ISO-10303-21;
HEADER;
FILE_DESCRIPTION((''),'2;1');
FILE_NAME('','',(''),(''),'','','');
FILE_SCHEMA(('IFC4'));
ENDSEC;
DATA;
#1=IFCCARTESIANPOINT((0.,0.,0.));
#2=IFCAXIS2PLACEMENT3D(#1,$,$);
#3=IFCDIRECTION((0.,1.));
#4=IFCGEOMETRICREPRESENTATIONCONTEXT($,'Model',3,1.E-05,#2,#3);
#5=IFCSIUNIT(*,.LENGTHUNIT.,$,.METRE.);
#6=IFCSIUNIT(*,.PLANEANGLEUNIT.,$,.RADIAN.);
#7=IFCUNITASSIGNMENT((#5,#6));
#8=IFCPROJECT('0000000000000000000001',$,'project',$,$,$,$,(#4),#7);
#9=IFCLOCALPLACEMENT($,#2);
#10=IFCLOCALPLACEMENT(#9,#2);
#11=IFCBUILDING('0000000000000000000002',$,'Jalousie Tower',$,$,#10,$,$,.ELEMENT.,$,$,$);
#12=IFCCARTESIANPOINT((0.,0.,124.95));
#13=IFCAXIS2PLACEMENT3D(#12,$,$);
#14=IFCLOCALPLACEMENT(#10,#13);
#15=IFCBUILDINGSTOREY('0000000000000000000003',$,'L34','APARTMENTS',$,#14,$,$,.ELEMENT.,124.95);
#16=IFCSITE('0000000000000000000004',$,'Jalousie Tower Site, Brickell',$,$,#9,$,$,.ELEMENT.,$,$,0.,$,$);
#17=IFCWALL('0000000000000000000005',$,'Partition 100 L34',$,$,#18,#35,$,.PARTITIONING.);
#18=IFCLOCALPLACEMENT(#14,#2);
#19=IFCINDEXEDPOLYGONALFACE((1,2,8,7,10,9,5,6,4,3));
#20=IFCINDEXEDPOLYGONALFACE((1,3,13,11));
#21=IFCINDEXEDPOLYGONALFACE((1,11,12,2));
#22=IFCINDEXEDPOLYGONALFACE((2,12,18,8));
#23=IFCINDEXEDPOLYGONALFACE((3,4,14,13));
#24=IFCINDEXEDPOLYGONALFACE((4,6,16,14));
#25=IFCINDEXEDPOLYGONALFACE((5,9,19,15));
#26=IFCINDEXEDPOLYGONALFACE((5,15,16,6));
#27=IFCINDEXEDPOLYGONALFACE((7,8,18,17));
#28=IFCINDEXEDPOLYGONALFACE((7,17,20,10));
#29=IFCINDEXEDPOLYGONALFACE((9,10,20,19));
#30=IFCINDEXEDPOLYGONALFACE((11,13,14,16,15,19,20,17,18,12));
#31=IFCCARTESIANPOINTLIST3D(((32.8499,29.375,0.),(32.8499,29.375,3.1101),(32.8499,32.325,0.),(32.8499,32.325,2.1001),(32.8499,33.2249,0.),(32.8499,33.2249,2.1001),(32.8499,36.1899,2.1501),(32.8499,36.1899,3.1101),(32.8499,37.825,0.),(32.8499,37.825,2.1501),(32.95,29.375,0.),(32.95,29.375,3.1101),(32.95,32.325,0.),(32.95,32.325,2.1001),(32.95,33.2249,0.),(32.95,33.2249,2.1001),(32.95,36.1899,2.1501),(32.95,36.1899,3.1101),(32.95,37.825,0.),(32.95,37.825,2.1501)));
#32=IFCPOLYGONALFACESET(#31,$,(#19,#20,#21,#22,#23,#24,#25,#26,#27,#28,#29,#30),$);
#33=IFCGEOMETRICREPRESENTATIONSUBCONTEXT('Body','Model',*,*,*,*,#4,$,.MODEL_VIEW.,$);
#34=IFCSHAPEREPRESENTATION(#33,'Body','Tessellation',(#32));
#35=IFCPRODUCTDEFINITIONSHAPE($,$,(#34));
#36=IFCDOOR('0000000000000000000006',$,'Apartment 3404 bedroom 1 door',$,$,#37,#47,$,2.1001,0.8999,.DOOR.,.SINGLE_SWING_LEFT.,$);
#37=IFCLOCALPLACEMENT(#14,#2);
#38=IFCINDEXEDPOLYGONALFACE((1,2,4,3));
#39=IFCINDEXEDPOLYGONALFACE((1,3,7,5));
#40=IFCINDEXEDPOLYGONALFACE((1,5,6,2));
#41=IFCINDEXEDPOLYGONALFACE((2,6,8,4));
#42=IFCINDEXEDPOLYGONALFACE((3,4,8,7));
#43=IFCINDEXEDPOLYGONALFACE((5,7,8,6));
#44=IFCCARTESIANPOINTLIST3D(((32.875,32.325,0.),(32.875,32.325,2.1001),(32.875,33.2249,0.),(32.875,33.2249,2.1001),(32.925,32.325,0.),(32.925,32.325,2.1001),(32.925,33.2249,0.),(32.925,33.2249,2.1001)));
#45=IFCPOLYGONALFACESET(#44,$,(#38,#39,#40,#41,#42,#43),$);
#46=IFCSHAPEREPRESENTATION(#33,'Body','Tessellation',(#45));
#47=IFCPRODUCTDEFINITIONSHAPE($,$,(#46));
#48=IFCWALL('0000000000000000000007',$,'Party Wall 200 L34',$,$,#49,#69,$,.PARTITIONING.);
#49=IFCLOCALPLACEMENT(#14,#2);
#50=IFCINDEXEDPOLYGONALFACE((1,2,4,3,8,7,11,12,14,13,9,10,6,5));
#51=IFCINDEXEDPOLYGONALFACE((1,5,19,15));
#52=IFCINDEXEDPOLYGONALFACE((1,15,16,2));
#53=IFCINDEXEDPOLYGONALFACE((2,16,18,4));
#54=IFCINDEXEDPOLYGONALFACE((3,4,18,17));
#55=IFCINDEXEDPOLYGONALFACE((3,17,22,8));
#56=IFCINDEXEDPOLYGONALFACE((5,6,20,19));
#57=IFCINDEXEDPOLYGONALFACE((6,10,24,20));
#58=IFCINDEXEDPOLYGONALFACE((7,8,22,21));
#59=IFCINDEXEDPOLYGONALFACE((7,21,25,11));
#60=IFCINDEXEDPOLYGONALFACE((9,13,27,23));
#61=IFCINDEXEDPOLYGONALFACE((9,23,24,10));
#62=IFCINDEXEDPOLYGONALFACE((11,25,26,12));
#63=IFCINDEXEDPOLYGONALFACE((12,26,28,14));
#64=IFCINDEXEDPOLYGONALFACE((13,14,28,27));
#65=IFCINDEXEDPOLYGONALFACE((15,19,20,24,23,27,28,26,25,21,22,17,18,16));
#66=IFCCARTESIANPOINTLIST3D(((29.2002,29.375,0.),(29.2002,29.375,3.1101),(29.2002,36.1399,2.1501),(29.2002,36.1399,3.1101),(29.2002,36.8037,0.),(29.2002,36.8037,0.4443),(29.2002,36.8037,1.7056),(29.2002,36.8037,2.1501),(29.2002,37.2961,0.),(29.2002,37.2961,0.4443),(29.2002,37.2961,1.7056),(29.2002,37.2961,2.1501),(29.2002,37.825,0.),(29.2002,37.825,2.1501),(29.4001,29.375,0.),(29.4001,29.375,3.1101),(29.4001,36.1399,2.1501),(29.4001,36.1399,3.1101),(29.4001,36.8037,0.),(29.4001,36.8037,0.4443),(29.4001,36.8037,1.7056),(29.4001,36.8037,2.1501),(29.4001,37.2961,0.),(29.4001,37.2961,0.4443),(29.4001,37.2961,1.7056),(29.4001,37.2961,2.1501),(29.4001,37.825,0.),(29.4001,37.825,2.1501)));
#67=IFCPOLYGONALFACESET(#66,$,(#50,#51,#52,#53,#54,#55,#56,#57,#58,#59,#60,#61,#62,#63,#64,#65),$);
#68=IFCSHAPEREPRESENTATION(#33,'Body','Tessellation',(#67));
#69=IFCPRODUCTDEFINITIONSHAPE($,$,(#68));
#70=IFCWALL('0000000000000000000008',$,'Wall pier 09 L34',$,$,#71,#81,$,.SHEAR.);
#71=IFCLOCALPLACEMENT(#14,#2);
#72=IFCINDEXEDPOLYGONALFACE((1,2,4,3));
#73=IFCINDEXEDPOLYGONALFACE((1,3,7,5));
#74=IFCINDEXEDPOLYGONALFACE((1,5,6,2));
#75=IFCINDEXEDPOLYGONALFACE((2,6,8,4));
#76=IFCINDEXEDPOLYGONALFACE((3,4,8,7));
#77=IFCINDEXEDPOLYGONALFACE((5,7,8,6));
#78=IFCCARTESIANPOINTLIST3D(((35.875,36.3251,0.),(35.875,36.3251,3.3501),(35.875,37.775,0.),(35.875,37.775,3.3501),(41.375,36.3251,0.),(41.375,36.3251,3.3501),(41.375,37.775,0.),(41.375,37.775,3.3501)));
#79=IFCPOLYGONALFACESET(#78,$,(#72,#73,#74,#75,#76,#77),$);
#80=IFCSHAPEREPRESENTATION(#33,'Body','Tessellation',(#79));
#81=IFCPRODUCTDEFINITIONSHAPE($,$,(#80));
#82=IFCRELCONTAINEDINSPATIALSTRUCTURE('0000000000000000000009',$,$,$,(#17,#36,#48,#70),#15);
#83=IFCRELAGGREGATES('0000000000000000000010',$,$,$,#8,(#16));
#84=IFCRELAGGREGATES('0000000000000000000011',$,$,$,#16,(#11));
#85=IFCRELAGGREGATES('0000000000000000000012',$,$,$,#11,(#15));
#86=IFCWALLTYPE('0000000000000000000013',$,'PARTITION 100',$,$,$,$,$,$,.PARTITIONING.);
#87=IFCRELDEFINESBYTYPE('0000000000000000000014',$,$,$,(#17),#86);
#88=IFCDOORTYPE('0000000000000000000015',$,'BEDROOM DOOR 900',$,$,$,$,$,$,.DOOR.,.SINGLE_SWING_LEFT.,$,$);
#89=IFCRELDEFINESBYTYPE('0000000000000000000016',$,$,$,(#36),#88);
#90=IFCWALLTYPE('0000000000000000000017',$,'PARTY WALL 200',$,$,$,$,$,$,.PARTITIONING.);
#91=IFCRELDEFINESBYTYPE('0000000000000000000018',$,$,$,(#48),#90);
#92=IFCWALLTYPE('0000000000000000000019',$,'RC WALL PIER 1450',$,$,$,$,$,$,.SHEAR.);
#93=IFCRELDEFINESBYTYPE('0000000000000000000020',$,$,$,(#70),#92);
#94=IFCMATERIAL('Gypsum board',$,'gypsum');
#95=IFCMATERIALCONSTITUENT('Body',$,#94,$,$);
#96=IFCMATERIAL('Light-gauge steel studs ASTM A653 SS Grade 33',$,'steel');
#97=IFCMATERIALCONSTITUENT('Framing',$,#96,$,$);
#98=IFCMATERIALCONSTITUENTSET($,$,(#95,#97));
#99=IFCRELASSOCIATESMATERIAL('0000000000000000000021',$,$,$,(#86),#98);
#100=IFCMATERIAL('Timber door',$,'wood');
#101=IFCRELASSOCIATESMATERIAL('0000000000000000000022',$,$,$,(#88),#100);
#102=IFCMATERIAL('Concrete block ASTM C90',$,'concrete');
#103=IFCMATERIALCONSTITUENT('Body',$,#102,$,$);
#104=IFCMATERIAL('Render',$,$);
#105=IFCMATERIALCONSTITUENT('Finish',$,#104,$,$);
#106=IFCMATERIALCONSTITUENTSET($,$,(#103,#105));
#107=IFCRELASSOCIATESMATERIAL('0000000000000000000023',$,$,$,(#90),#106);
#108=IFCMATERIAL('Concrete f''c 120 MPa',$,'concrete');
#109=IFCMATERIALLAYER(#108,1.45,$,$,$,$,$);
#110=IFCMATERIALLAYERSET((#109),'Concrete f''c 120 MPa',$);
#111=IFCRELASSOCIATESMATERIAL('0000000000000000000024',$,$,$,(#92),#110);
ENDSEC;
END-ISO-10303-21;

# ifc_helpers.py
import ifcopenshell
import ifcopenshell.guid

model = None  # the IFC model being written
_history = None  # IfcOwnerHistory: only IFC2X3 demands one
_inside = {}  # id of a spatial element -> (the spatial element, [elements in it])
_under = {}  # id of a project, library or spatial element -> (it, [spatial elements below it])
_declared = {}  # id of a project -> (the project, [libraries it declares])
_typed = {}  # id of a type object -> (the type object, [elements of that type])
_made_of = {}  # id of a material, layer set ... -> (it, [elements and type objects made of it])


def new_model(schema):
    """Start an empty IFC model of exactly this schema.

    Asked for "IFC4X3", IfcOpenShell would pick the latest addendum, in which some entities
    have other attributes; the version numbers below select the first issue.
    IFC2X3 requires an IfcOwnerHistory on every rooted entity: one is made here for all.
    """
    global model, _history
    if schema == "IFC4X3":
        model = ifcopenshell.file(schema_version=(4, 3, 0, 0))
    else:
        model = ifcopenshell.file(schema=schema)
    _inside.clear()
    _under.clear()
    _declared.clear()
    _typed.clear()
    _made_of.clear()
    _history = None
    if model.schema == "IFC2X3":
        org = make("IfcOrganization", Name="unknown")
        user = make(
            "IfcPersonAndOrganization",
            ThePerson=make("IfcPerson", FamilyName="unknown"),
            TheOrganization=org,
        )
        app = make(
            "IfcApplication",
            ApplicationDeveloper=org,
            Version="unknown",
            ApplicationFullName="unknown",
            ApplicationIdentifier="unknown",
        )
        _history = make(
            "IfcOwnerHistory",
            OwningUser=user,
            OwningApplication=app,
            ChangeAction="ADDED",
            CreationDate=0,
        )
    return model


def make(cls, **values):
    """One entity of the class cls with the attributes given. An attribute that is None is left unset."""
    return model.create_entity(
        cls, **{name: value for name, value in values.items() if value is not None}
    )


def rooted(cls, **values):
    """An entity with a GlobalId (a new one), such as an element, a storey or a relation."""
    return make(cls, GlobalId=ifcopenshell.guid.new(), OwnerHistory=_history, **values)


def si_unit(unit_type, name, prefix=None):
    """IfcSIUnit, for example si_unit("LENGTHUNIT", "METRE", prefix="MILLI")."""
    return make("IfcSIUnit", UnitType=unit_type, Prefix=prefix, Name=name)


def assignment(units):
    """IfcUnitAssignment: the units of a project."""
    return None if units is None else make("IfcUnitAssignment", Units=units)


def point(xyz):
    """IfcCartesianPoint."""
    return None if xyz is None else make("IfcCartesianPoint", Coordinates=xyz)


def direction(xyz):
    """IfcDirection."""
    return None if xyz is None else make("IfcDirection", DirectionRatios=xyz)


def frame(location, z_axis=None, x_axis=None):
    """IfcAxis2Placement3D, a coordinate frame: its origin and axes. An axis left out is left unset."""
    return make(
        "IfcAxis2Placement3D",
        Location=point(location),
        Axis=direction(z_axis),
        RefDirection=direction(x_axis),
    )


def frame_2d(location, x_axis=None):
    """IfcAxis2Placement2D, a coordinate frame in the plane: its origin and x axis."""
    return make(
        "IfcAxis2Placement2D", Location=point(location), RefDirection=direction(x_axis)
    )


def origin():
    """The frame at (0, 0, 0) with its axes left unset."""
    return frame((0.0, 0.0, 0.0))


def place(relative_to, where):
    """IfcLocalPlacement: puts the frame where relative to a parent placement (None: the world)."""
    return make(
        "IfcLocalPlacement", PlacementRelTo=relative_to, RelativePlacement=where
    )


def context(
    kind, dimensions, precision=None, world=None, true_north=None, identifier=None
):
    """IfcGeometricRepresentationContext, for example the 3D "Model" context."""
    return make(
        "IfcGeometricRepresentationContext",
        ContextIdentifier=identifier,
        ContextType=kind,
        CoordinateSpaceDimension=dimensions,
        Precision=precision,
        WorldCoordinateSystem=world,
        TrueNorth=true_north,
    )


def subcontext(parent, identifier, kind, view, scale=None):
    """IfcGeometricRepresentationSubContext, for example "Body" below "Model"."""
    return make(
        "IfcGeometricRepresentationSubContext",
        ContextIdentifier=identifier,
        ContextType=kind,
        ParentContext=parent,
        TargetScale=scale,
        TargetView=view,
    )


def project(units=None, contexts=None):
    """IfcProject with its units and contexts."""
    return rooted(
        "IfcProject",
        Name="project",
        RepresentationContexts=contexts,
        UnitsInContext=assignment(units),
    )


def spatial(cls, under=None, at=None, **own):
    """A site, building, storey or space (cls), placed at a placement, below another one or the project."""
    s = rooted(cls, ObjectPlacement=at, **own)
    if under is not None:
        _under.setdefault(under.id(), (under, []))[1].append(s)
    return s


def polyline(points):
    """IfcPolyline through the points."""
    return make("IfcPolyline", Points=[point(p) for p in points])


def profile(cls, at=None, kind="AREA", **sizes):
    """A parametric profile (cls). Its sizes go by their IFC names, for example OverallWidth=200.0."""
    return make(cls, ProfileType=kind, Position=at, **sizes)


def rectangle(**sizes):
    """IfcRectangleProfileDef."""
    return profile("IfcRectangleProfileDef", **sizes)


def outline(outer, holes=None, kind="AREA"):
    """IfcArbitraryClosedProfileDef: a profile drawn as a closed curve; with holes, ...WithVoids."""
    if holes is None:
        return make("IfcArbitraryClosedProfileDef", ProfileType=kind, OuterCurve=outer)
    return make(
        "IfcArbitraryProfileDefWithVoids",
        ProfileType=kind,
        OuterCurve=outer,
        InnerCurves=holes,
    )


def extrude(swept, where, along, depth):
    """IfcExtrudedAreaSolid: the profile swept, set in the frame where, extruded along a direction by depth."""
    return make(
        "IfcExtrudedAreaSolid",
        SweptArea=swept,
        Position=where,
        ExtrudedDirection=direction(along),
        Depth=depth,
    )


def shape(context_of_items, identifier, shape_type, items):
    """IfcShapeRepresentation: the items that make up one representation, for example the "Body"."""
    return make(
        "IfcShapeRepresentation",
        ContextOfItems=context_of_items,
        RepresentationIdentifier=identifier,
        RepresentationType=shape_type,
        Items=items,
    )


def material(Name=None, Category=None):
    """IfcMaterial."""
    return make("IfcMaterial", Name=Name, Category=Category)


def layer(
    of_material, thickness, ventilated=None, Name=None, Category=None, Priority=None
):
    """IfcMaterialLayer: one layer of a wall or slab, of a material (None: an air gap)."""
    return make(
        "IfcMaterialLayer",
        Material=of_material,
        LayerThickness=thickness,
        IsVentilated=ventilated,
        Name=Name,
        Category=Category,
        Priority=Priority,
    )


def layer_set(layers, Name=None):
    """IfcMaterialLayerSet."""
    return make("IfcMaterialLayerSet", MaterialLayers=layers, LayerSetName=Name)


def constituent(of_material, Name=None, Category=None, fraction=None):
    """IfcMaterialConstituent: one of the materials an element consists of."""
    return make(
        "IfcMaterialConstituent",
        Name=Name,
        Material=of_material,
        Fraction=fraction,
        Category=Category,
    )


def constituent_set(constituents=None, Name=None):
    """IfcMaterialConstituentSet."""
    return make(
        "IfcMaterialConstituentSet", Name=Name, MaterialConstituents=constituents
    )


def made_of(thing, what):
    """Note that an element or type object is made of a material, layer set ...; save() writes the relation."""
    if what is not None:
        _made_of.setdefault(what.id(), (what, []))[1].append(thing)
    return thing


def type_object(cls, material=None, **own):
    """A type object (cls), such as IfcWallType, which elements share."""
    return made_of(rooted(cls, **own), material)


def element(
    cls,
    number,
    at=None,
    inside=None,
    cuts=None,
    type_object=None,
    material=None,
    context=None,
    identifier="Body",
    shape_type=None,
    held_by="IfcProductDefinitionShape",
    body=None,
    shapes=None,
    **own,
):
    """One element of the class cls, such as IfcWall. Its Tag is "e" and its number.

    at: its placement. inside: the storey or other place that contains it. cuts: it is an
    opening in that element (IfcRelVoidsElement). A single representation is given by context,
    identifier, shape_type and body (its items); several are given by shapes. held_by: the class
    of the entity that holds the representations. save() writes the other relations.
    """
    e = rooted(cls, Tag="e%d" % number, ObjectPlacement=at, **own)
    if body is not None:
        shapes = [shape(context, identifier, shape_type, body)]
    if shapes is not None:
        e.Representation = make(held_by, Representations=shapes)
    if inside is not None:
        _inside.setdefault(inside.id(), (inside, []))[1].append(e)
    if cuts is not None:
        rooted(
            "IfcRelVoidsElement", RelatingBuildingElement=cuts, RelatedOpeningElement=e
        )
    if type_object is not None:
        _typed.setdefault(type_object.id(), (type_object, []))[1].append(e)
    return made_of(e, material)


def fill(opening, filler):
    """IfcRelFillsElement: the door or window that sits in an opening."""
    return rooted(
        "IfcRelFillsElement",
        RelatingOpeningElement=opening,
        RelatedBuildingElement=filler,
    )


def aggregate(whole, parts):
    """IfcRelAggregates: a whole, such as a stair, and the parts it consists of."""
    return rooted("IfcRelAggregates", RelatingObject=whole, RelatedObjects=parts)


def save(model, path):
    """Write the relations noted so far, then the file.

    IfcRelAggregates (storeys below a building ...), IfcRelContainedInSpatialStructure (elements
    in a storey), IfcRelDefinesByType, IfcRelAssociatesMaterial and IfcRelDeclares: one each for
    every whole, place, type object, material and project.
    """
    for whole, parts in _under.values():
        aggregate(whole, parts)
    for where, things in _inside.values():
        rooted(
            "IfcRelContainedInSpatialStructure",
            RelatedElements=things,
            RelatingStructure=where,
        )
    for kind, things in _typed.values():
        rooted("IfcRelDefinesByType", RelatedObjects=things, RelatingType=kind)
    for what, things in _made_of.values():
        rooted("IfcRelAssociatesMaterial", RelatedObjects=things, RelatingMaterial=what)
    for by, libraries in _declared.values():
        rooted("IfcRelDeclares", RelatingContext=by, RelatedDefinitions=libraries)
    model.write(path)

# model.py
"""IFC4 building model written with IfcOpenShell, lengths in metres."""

from ifc_helpers import new_model, si_unit, direction, frame, frame_2d, origin, place, context, subcontext, project, spatial, polyline, rectangle, outline, extrude, material, layer, layer_set, constituent, constituent_set, type_object, element, fill, save


model = new_model("IFC4")

# Units and contexts
model_context = context("Model", 3, precision=1e-05, world=origin(), true_north=direction((0.0, 1.0)))
body_context = subcontext(model_context, "Body", "Model", "MODEL_VIEW")
ifc_project = project(units=[si_unit("LENGTHUNIT", "METRE"), si_unit("PLANEANGLEUNIT", "RADIAN")], contexts=[model_context])

# Site, building, storey
site_placement = place(None, origin())
site = spatial("IfcSite", under=ifc_project, at=site_placement, Name="Jalousie Tower Site, Brickell", CompositionType="ELEMENT", RefElevation=0.0)
building_placement = place(site_placement, origin())
building = spatial("IfcBuilding", under=site, at=building_placement, Name="Jalousie Tower", CompositionType="ELEMENT")
storey_placement = place(building_placement, frame((0.0, 0.0, 124.95)))
storey = spatial("IfcBuildingStorey", under=building, at=storey_placement, Name="L34", Description="APARTMENTS", CompositionType="ELEMENT", Elevation=124.95)

# Wall, opening, door
ifc_material_1 = material(Name="Gypsum board", Category="gypsum")
ifc_constituent_1 = constituent(ifc_material_1, Name="Body")
ifc_material_2 = material(Name="Light-gauge steel studs ASTM A653 SS Grade 33", Category="steel")
ifc_constituent_2 = constituent(ifc_material_2, Name="Framing")
ifc_constituent_set_1 = constituent_set(constituents=[ifc_constituent_1, ifc_constituent_2])
wall_type_1 = type_object("IfcWallType", Name="PARTITION 100", PredefinedType="PARTITIONING", material=ifc_constituent_set_1)
wall_1_placement = place(storey_placement, frame((32.8999, 37.825, 0.0), z_axis=(0.0, 0.0, 1.0), x_axis=(0.0, -1.0, 0.0)))
wall_1 = element("IfcWall", 1, at=wall_1_placement, inside=storey, type_object=wall_type_1, Name="Partition 100 L34", PredefinedType="PARTITIONING", context=body_context, shape_type="SweptSolid", body=[
    extrude(outline(polyline([(0.0, 0.0), (8.45, 0.0), (8.45, 3.1101), (1.635, 3.1101), (1.635, 2.1501), (0.0, 2.1501), (0.0, 3.1101), (0.0, 0.0)])), frame((0.0, 0.05, 0.0), z_axis=(0.0, -1.0, 0.0), x_axis=(1.0, 0.0, 0.0)), (0.0, 0.0, 1.0), 0.1001),
])
opening_1_placement = place(wall_1_placement, frame((4.6001, 0.0, 0.0)))
opening_1 = element("IfcOpeningElement", 2, at=opening_1_placement, cuts=wall_1, PredefinedType="OPENING", context=body_context, shape_type="SweptSolid", body=[
    extrude(rectangle(XDim=0.8999, YDim=2.1001, at=frame_2d((0.45, 1.05))), frame((0.0, 0.0601, 0.0), z_axis=(0.0, -1.0, 0.0), x_axis=(1.0, 0.0, 0.0)), (0.0, 0.0, 1.0), 0.1201),
])
ifc_material_3 = material(Name="Timber door", Category="wood")
door_type = type_object("IfcDoorType", Name="BEDROOM DOOR 900", OperationType="SINGLE_SWING_LEFT", PredefinedType="DOOR", material=ifc_material_3)
door_placement = place(opening_1_placement, frame((0.8999, 0.0, 0.0), z_axis=(0.0, 0.0, 1.0), x_axis=(-1.0, 0.0, 0.0)))
door = element("IfcDoor", 3, at=door_placement, inside=storey, type_object=door_type, Name="Apartment 3404 bedroom 1 door", OperationType="SINGLE_SWING_LEFT", OverallHeight=2.1001, OverallWidth=0.8999, PredefinedType="DOOR", context=body_context, shape_type="SweptSolid", body=[
    extrude(rectangle(XDim=0.8999, YDim=2.1001, at=frame_2d((0.45, 1.05))), frame((0.0, 0.0249, 0.0), z_axis=(0.0, -1.0, 0.0), x_axis=(1.0, 0.0, 0.0)), (0.0, 0.0, 1.0), 0.05),
])
fill(opening_1, door)

# Walls
ifc_material_4 = material(Name="Concrete block ASTM C90", Category="concrete")
ifc_constituent_3 = constituent(ifc_material_4, Name="Body")
ifc_material_5 = material(Name="Render")
ifc_constituent_4 = constituent(ifc_material_5, Name="Finish")
ifc_constituent_set_2 = constituent_set(constituents=[ifc_constituent_3, ifc_constituent_4])
wall_type_2 = type_object("IfcWallType", Name="PARTY WALL 200", PredefinedType="PARTITIONING", material=ifc_constituent_set_2)
wall_2_placement = place(storey_placement, frame((29.3, 37.825, 0.0), z_axis=(0.0, 0.0, 1.0), x_axis=(0.0, -1.0, 0.0)))
element("IfcWall", 4, at=wall_2_placement, inside=storey, type_object=wall_type_2, Name="Party Wall 200 L34", PredefinedType="PARTITIONING", context=body_context, shape_type="SweptSolid", body=[
    extrude(outline(polyline([(0.5288, 2.1501), (0.0, 2.1501), (0.0, 0.0), (0.5288, 0.0), (0.5288, 0.4443), (1.0212, 0.4443), (1.0212, 0.0), (8.45, 0.0), (8.45, 3.1101), (1.6851, 3.1101), (1.6851, 2.1501), (1.0212, 2.1501), (1.0212, 1.7056), (0.5288, 1.7056), (0.5288, 2.1501)])), frame((0.0, 0.1001, 0.0), z_axis=(0.0, -1.0, 0.0), x_axis=(1.0, 0.0, 0.0)), (0.0, 0.0, 1.0), 0.2),
])
ifc_material_6 = material(Name="Concrete f'c 120 MPa", Category="concrete")
ifc_layer_1 = layer(ifc_material_6, 1.45)
ifc_layer_set_1 = layer_set([ifc_layer_1], Name="Concrete f'c 120 MPa")
wall_type_3 = type_object("IfcWallType", Name="RC WALL PIER 1450", PredefinedType="SHEAR", material=ifc_layer_set_1)
wall_3_placement = place(storey_placement, frame((35.875, 37.05, 0.0), z_axis=(0.0, 0.0, 1.0), x_axis=(1.0, 0.0, 0.0)))
element("IfcWall", 5, at=wall_3_placement, inside=storey, type_object=wall_type_3, Name="Wall pier 09 L34", PredefinedType="SHEAR", context=body_context, shape_type="SweptSolid", body=[
    extrude(rectangle(XDim=5.5, YDim=1.45, at=frame_2d((2.75, 0.0))), origin(), (0.0, 0.0, 1.0), 3.3501),
])

save(model, "model.ifc")
